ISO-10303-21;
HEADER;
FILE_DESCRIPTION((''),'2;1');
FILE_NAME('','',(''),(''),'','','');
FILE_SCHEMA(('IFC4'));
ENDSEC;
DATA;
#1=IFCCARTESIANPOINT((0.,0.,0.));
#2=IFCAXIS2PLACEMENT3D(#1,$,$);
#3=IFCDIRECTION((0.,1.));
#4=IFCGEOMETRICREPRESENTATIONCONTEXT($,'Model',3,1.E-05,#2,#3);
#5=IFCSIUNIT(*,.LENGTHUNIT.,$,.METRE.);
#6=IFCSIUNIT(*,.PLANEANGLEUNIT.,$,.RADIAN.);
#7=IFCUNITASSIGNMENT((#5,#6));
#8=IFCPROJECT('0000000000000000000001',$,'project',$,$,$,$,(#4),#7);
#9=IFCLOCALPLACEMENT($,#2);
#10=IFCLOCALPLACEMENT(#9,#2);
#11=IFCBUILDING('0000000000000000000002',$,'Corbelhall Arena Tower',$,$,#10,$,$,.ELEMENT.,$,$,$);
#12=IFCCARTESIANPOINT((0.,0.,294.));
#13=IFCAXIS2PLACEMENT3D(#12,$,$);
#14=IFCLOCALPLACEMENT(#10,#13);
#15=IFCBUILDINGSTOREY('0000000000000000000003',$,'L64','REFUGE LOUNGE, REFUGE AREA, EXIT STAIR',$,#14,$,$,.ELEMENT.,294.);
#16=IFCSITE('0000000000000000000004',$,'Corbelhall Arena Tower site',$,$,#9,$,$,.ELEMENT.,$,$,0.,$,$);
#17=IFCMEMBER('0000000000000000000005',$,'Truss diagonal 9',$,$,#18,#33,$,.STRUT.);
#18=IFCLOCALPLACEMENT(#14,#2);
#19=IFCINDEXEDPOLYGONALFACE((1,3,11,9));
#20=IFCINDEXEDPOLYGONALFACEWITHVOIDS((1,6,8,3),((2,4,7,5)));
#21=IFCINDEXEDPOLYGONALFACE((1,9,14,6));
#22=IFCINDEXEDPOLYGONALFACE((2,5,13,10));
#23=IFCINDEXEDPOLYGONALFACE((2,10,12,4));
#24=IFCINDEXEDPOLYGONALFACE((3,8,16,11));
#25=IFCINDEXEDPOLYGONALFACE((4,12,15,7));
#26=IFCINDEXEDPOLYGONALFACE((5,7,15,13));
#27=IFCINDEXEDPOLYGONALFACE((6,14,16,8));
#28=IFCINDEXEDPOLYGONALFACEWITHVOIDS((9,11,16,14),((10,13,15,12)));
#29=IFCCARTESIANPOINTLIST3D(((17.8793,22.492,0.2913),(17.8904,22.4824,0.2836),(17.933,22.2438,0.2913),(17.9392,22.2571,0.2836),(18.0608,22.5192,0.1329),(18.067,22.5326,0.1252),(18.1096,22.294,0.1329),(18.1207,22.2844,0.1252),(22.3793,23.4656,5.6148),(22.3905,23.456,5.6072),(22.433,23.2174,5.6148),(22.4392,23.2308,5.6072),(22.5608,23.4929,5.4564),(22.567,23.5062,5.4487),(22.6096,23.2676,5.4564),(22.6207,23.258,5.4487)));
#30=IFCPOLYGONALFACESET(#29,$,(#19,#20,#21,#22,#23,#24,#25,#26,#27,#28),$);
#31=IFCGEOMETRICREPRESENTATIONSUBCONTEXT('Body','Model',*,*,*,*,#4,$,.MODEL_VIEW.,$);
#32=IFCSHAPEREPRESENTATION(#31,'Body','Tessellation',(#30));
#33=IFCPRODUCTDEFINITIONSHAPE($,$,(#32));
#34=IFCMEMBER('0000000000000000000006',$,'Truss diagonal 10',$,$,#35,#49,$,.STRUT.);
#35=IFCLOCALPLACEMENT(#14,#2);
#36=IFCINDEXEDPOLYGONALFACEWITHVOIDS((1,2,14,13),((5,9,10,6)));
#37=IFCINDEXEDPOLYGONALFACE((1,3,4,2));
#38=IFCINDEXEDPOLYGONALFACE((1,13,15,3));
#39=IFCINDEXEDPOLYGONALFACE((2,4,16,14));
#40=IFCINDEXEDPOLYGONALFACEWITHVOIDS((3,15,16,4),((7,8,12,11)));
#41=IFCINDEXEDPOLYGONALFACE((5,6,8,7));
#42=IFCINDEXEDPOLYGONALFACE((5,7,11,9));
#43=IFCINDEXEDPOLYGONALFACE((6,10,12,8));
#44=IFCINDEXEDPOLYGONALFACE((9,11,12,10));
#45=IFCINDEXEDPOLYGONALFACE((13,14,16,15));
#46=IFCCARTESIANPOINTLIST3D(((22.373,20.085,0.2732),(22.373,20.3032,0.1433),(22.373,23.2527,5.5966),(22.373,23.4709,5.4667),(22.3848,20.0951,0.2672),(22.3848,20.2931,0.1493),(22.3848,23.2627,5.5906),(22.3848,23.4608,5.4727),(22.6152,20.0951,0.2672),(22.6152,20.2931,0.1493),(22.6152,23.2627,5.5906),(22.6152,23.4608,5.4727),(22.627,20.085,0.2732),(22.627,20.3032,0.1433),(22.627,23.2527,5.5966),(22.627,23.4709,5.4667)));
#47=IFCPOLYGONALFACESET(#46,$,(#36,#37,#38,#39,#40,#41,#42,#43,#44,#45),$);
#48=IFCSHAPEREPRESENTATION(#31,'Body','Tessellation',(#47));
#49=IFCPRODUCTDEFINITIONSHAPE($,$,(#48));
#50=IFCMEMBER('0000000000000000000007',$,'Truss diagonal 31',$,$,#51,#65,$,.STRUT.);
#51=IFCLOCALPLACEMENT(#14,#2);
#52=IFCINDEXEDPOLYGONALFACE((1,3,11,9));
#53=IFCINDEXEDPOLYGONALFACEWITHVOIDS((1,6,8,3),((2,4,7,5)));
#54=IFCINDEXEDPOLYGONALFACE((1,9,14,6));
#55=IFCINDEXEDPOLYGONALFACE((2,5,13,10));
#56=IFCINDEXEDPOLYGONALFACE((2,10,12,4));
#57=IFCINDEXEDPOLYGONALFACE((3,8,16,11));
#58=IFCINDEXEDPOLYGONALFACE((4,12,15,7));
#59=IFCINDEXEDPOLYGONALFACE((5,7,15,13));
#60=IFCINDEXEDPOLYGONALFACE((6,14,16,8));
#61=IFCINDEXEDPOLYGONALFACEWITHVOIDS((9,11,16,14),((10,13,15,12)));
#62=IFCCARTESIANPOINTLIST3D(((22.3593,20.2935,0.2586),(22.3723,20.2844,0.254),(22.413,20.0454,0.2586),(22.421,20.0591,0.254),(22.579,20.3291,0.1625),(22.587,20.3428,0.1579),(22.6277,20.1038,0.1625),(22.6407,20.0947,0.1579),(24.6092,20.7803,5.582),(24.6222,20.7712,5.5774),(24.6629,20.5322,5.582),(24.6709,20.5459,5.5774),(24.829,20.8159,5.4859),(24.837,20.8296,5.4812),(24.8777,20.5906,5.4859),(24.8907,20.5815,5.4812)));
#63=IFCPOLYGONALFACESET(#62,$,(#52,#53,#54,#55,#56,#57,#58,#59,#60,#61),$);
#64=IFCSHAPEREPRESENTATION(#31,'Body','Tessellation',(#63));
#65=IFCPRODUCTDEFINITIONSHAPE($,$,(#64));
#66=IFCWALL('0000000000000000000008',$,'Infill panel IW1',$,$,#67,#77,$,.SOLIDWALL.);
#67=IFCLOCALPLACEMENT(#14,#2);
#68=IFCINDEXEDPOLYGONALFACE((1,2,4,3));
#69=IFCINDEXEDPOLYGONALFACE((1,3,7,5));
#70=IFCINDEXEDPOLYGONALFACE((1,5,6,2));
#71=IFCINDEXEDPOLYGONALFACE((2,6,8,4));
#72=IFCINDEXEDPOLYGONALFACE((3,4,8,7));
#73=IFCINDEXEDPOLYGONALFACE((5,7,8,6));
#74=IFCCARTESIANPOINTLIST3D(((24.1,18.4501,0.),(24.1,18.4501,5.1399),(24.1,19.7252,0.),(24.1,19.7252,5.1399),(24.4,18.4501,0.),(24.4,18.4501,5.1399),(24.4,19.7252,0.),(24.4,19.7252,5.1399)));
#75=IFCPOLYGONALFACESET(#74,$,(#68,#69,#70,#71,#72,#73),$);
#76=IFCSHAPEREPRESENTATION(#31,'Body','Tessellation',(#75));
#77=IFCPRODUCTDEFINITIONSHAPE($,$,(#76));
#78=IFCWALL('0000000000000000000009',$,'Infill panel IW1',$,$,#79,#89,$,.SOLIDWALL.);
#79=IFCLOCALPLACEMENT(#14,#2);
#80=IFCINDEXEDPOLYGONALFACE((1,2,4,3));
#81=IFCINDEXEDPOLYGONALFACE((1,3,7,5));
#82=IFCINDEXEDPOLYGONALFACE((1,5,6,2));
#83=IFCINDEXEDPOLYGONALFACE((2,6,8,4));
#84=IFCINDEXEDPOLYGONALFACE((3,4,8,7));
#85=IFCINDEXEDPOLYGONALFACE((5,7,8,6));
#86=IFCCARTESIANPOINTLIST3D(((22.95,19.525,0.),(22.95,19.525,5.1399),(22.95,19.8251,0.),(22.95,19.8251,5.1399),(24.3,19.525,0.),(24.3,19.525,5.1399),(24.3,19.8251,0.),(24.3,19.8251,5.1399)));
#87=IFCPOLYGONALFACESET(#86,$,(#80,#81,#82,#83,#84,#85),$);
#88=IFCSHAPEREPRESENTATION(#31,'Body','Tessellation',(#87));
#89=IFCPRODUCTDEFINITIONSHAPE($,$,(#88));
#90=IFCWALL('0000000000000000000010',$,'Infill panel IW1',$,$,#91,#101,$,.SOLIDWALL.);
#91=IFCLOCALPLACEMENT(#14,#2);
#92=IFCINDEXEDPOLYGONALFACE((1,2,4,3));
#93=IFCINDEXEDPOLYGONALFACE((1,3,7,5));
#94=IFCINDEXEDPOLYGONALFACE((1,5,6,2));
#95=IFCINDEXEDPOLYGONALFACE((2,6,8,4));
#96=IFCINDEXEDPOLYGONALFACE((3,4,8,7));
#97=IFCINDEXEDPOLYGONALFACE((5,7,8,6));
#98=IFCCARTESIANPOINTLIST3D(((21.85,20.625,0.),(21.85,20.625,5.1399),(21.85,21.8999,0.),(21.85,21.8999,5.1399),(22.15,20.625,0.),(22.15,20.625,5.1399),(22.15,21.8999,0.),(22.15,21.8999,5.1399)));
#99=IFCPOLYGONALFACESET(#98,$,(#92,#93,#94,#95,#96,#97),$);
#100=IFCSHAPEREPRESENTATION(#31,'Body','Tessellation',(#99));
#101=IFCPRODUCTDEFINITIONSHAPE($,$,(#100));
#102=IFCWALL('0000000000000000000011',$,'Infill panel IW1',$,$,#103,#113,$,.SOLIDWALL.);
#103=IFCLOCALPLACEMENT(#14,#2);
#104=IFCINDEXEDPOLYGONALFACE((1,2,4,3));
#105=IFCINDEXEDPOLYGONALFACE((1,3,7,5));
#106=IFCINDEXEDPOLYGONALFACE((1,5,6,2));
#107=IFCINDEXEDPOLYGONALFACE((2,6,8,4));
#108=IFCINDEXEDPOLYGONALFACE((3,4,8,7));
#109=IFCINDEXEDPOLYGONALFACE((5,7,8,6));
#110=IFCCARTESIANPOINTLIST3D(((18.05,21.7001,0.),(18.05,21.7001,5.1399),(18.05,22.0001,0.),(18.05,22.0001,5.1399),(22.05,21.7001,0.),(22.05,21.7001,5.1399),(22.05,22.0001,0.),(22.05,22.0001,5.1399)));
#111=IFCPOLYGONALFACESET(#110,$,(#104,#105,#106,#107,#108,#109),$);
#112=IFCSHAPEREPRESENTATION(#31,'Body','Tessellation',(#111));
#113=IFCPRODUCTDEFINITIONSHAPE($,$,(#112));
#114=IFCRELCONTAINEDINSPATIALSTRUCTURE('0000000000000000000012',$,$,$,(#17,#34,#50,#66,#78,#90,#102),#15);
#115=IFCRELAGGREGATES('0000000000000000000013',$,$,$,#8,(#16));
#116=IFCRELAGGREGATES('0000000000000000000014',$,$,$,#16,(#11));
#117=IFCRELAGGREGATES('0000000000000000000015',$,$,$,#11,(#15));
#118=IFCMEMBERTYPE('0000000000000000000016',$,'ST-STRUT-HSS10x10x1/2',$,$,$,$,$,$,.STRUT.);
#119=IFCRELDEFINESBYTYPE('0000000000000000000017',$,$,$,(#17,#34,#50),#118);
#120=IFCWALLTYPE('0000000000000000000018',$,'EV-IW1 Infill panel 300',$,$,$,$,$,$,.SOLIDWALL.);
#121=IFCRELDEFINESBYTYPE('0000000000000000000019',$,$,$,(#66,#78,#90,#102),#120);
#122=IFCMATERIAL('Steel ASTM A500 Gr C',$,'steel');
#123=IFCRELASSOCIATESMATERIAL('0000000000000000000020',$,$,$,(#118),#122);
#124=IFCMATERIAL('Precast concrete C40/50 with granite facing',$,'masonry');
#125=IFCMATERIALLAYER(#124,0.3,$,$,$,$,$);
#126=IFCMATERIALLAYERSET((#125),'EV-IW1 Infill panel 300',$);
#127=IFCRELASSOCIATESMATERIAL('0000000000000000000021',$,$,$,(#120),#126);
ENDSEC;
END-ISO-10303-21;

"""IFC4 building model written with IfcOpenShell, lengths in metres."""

from ifc_helpers import new_model, si_unit, direction, frame, frame_2d, origin, origin_2d, place, context, subcontext, project, spatial, rectangle, hollow_rectangle, extrude, material, layer, layer_set, material_profile, profile_set, type_object, element, save


model = new_model("IFC4")

# Units and contexts
model_context = context("Model", 3, precision=1e-05, world=origin(), true_north=direction((0.0, 1.0)))
body_context = subcontext(model_context, "Body", "Model", "MODEL_VIEW")
ifc_project = project(units=[si_unit("LENGTHUNIT", "METRE"), si_unit("PLANEANGLEUNIT", "RADIAN")], contexts=[model_context])

# Site, building, storey
site_placement = place(None, origin())
site = spatial("IfcSite", under=ifc_project, at=site_placement, Name="Corbelhall Arena Tower site", CompositionType="ELEMENT", RefElevation=0.0)
building_placement = place(site_placement, origin())
building = spatial("IfcBuilding", under=site, at=building_placement, Name="Corbelhall Arena Tower", CompositionType="ELEMENT")
storey_placement = place(building_placement, frame((0.0, 0.0, 294.0)))
storey = spatial("IfcBuildingStorey", under=building, at=storey_placement, Name="L64", Description="REFUGE LOUNGE, REFUGE AREA, EXIT STAIR", CompositionType="ELEMENT", Elevation=294.0)

# Members
ifc_material_1 = material(Name="Steel ASTM A500 Gr C", Category="steel")
ifc_material_profile_1 = material_profile(ifc_material_1, hollow_rectangle(XDim=0.2539, YDim=0.2539, WallThickness=0.0117, at=origin_2d()))
ifc_profile_set_1 = profile_set([ifc_material_profile_1], Name="Steel ASTM A500 Gr C")
member_type_1 = type_object("IfcMemberType", Name="ST-STRUT-HSS10x10x1/2", PredefinedType="STRUT", material=ifc_profile_set_1)
for number, where, z_axis, x_axis, name in (
    (1, (18.0, 22.3882, 0.2083), (0.63936, 0.138334, 0.756361), (-0.21147, 0.977385, 0.0), "Truss diagonal 9"),
):
    element("IfcMember", number, at=place(storey_placement, frame(where, z_axis=z_axis, x_axis=x_axis)), inside=storey, type_object=member_type_1, Name=name, PredefinedType="STRUT", context=body_context, shape_type="SweptSolid", body=[
        extrude(hollow_rectangle(XDim=0.2539, YDim=0.2539, WallThickness=0.0117, at=origin_2d()), origin(), (0.0, 0.0, 1.0), 7.0383),
    ])
member_1_placement = place(storey_placement, frame((22.5, 20.1941, 0.2083), z_axis=(0.0, 0.511363, 0.859365), x_axis=(-1.0, 0.0, 0.0)))
element("IfcMember", 2, at=member_1_placement, inside=storey, type_object=member_type_1, Name="Truss diagonal 10", PredefinedType="STRUT", context=body_context, shape_type="SweptSolid", body=[
    extrude(hollow_rectangle(XDim=0.2539, YDim=0.2539, WallThickness=0.0117, at=origin_2d()), origin(), (0.0, 0.0, 1.0), 6.1946),
])
member_2_placement = place(storey_placement, frame((22.5, 20.1941, 0.2083), z_axis=(0.387937, 0.083935, 0.917856), x_axis=(-0.21147, 0.977385, 0.0)))
element("IfcMember", 3, at=member_2_placement, inside=storey, type_object=member_type_1, Name="Truss diagonal 31", PredefinedType="STRUT", context=body_context, shape_type="SweptSolid", body=[
    extrude(hollow_rectangle(XDim=0.2539, YDim=0.2539, WallThickness=0.0117, at=origin_2d()), origin(), (0.0, 0.0, 1.0), 5.7998),
])

# Walls
ifc_material_2 = material(Name="Precast concrete C40/50 with granite facing", Category="masonry")
ifc_layer_1 = layer(ifc_material_2, 0.3)
ifc_layer_set_1 = layer_set([ifc_layer_1], Name="EV-IW1 Infill panel 300")
wall_type_1 = type_object("IfcWallType", Name="EV-IW1 Infill panel 300", PredefinedType="SOLIDWALL", material=ifc_layer_set_1)
wall_1_placement = place(storey_placement, frame((24.25, 18.45, 0.0), z_axis=(0.0, 0.0, 1.0), x_axis=(0.0, 1.0, 0.0)))
element("IfcWall", 4, at=wall_1_placement, inside=storey, type_object=wall_type_1, Name="Infill panel IW1", PredefinedType="SOLIDWALL", context=body_context, shape_type="SweptSolid", body=[
    extrude(rectangle(XDim=1.2751, YDim=0.3, at=frame_2d((0.6377, 0.0))), origin(), (0.0, 0.0, 1.0), 5.1399),
])
wall_2_placement = place(storey_placement, frame((24.3, 19.675, 0.0), z_axis=(0.0, 0.0, 1.0), x_axis=(-1.0, 0.0, 0.0)))
element("IfcWall", 5, at=wall_2_placement, inside=storey, type_object=wall_type_1, Name="Infill panel IW1", PredefinedType="SOLIDWALL", context=body_context, shape_type="SweptSolid", body=[
    extrude(rectangle(XDim=1.3501, YDim=0.3, at=frame_2d((0.675, 0.0))), origin(), (0.0, 0.0, 1.0), 5.1399),
])
wall_3_placement = place(storey_placement, frame((22.0, 20.625, 0.0), z_axis=(0.0, 0.0, 1.0), x_axis=(0.0, 1.0, 0.0)))
element("IfcWall", 6, at=wall_3_placement, inside=storey, type_object=wall_type_1, Name="Infill panel IW1", PredefinedType="SOLIDWALL", context=body_context, shape_type="SweptSolid", body=[
    extrude(rectangle(XDim=1.2749, YDim=0.3, at=frame_2d((0.6375, 0.0))), origin(), (0.0, 0.0, 1.0), 5.1399),
])
wall_4_placement = place(storey_placement, frame((22.05, 21.8501, 0.0), z_axis=(0.0, 0.0, 1.0), x_axis=(-1.0, 0.0, 0.0)))
element("IfcWall", 7, at=wall_4_placement, inside=storey, type_object=wall_type_1, Name="Infill panel IW1", PredefinedType="SOLIDWALL", context=body_context, shape_type="SweptSolid", body=[
    extrude(rectangle(XDim=4.0, YDim=0.3, at=frame_2d((2.0, 0.0))), origin(), (0.0, 0.0, 1.0), 5.1399),
])

save(model, "model.ifc")
